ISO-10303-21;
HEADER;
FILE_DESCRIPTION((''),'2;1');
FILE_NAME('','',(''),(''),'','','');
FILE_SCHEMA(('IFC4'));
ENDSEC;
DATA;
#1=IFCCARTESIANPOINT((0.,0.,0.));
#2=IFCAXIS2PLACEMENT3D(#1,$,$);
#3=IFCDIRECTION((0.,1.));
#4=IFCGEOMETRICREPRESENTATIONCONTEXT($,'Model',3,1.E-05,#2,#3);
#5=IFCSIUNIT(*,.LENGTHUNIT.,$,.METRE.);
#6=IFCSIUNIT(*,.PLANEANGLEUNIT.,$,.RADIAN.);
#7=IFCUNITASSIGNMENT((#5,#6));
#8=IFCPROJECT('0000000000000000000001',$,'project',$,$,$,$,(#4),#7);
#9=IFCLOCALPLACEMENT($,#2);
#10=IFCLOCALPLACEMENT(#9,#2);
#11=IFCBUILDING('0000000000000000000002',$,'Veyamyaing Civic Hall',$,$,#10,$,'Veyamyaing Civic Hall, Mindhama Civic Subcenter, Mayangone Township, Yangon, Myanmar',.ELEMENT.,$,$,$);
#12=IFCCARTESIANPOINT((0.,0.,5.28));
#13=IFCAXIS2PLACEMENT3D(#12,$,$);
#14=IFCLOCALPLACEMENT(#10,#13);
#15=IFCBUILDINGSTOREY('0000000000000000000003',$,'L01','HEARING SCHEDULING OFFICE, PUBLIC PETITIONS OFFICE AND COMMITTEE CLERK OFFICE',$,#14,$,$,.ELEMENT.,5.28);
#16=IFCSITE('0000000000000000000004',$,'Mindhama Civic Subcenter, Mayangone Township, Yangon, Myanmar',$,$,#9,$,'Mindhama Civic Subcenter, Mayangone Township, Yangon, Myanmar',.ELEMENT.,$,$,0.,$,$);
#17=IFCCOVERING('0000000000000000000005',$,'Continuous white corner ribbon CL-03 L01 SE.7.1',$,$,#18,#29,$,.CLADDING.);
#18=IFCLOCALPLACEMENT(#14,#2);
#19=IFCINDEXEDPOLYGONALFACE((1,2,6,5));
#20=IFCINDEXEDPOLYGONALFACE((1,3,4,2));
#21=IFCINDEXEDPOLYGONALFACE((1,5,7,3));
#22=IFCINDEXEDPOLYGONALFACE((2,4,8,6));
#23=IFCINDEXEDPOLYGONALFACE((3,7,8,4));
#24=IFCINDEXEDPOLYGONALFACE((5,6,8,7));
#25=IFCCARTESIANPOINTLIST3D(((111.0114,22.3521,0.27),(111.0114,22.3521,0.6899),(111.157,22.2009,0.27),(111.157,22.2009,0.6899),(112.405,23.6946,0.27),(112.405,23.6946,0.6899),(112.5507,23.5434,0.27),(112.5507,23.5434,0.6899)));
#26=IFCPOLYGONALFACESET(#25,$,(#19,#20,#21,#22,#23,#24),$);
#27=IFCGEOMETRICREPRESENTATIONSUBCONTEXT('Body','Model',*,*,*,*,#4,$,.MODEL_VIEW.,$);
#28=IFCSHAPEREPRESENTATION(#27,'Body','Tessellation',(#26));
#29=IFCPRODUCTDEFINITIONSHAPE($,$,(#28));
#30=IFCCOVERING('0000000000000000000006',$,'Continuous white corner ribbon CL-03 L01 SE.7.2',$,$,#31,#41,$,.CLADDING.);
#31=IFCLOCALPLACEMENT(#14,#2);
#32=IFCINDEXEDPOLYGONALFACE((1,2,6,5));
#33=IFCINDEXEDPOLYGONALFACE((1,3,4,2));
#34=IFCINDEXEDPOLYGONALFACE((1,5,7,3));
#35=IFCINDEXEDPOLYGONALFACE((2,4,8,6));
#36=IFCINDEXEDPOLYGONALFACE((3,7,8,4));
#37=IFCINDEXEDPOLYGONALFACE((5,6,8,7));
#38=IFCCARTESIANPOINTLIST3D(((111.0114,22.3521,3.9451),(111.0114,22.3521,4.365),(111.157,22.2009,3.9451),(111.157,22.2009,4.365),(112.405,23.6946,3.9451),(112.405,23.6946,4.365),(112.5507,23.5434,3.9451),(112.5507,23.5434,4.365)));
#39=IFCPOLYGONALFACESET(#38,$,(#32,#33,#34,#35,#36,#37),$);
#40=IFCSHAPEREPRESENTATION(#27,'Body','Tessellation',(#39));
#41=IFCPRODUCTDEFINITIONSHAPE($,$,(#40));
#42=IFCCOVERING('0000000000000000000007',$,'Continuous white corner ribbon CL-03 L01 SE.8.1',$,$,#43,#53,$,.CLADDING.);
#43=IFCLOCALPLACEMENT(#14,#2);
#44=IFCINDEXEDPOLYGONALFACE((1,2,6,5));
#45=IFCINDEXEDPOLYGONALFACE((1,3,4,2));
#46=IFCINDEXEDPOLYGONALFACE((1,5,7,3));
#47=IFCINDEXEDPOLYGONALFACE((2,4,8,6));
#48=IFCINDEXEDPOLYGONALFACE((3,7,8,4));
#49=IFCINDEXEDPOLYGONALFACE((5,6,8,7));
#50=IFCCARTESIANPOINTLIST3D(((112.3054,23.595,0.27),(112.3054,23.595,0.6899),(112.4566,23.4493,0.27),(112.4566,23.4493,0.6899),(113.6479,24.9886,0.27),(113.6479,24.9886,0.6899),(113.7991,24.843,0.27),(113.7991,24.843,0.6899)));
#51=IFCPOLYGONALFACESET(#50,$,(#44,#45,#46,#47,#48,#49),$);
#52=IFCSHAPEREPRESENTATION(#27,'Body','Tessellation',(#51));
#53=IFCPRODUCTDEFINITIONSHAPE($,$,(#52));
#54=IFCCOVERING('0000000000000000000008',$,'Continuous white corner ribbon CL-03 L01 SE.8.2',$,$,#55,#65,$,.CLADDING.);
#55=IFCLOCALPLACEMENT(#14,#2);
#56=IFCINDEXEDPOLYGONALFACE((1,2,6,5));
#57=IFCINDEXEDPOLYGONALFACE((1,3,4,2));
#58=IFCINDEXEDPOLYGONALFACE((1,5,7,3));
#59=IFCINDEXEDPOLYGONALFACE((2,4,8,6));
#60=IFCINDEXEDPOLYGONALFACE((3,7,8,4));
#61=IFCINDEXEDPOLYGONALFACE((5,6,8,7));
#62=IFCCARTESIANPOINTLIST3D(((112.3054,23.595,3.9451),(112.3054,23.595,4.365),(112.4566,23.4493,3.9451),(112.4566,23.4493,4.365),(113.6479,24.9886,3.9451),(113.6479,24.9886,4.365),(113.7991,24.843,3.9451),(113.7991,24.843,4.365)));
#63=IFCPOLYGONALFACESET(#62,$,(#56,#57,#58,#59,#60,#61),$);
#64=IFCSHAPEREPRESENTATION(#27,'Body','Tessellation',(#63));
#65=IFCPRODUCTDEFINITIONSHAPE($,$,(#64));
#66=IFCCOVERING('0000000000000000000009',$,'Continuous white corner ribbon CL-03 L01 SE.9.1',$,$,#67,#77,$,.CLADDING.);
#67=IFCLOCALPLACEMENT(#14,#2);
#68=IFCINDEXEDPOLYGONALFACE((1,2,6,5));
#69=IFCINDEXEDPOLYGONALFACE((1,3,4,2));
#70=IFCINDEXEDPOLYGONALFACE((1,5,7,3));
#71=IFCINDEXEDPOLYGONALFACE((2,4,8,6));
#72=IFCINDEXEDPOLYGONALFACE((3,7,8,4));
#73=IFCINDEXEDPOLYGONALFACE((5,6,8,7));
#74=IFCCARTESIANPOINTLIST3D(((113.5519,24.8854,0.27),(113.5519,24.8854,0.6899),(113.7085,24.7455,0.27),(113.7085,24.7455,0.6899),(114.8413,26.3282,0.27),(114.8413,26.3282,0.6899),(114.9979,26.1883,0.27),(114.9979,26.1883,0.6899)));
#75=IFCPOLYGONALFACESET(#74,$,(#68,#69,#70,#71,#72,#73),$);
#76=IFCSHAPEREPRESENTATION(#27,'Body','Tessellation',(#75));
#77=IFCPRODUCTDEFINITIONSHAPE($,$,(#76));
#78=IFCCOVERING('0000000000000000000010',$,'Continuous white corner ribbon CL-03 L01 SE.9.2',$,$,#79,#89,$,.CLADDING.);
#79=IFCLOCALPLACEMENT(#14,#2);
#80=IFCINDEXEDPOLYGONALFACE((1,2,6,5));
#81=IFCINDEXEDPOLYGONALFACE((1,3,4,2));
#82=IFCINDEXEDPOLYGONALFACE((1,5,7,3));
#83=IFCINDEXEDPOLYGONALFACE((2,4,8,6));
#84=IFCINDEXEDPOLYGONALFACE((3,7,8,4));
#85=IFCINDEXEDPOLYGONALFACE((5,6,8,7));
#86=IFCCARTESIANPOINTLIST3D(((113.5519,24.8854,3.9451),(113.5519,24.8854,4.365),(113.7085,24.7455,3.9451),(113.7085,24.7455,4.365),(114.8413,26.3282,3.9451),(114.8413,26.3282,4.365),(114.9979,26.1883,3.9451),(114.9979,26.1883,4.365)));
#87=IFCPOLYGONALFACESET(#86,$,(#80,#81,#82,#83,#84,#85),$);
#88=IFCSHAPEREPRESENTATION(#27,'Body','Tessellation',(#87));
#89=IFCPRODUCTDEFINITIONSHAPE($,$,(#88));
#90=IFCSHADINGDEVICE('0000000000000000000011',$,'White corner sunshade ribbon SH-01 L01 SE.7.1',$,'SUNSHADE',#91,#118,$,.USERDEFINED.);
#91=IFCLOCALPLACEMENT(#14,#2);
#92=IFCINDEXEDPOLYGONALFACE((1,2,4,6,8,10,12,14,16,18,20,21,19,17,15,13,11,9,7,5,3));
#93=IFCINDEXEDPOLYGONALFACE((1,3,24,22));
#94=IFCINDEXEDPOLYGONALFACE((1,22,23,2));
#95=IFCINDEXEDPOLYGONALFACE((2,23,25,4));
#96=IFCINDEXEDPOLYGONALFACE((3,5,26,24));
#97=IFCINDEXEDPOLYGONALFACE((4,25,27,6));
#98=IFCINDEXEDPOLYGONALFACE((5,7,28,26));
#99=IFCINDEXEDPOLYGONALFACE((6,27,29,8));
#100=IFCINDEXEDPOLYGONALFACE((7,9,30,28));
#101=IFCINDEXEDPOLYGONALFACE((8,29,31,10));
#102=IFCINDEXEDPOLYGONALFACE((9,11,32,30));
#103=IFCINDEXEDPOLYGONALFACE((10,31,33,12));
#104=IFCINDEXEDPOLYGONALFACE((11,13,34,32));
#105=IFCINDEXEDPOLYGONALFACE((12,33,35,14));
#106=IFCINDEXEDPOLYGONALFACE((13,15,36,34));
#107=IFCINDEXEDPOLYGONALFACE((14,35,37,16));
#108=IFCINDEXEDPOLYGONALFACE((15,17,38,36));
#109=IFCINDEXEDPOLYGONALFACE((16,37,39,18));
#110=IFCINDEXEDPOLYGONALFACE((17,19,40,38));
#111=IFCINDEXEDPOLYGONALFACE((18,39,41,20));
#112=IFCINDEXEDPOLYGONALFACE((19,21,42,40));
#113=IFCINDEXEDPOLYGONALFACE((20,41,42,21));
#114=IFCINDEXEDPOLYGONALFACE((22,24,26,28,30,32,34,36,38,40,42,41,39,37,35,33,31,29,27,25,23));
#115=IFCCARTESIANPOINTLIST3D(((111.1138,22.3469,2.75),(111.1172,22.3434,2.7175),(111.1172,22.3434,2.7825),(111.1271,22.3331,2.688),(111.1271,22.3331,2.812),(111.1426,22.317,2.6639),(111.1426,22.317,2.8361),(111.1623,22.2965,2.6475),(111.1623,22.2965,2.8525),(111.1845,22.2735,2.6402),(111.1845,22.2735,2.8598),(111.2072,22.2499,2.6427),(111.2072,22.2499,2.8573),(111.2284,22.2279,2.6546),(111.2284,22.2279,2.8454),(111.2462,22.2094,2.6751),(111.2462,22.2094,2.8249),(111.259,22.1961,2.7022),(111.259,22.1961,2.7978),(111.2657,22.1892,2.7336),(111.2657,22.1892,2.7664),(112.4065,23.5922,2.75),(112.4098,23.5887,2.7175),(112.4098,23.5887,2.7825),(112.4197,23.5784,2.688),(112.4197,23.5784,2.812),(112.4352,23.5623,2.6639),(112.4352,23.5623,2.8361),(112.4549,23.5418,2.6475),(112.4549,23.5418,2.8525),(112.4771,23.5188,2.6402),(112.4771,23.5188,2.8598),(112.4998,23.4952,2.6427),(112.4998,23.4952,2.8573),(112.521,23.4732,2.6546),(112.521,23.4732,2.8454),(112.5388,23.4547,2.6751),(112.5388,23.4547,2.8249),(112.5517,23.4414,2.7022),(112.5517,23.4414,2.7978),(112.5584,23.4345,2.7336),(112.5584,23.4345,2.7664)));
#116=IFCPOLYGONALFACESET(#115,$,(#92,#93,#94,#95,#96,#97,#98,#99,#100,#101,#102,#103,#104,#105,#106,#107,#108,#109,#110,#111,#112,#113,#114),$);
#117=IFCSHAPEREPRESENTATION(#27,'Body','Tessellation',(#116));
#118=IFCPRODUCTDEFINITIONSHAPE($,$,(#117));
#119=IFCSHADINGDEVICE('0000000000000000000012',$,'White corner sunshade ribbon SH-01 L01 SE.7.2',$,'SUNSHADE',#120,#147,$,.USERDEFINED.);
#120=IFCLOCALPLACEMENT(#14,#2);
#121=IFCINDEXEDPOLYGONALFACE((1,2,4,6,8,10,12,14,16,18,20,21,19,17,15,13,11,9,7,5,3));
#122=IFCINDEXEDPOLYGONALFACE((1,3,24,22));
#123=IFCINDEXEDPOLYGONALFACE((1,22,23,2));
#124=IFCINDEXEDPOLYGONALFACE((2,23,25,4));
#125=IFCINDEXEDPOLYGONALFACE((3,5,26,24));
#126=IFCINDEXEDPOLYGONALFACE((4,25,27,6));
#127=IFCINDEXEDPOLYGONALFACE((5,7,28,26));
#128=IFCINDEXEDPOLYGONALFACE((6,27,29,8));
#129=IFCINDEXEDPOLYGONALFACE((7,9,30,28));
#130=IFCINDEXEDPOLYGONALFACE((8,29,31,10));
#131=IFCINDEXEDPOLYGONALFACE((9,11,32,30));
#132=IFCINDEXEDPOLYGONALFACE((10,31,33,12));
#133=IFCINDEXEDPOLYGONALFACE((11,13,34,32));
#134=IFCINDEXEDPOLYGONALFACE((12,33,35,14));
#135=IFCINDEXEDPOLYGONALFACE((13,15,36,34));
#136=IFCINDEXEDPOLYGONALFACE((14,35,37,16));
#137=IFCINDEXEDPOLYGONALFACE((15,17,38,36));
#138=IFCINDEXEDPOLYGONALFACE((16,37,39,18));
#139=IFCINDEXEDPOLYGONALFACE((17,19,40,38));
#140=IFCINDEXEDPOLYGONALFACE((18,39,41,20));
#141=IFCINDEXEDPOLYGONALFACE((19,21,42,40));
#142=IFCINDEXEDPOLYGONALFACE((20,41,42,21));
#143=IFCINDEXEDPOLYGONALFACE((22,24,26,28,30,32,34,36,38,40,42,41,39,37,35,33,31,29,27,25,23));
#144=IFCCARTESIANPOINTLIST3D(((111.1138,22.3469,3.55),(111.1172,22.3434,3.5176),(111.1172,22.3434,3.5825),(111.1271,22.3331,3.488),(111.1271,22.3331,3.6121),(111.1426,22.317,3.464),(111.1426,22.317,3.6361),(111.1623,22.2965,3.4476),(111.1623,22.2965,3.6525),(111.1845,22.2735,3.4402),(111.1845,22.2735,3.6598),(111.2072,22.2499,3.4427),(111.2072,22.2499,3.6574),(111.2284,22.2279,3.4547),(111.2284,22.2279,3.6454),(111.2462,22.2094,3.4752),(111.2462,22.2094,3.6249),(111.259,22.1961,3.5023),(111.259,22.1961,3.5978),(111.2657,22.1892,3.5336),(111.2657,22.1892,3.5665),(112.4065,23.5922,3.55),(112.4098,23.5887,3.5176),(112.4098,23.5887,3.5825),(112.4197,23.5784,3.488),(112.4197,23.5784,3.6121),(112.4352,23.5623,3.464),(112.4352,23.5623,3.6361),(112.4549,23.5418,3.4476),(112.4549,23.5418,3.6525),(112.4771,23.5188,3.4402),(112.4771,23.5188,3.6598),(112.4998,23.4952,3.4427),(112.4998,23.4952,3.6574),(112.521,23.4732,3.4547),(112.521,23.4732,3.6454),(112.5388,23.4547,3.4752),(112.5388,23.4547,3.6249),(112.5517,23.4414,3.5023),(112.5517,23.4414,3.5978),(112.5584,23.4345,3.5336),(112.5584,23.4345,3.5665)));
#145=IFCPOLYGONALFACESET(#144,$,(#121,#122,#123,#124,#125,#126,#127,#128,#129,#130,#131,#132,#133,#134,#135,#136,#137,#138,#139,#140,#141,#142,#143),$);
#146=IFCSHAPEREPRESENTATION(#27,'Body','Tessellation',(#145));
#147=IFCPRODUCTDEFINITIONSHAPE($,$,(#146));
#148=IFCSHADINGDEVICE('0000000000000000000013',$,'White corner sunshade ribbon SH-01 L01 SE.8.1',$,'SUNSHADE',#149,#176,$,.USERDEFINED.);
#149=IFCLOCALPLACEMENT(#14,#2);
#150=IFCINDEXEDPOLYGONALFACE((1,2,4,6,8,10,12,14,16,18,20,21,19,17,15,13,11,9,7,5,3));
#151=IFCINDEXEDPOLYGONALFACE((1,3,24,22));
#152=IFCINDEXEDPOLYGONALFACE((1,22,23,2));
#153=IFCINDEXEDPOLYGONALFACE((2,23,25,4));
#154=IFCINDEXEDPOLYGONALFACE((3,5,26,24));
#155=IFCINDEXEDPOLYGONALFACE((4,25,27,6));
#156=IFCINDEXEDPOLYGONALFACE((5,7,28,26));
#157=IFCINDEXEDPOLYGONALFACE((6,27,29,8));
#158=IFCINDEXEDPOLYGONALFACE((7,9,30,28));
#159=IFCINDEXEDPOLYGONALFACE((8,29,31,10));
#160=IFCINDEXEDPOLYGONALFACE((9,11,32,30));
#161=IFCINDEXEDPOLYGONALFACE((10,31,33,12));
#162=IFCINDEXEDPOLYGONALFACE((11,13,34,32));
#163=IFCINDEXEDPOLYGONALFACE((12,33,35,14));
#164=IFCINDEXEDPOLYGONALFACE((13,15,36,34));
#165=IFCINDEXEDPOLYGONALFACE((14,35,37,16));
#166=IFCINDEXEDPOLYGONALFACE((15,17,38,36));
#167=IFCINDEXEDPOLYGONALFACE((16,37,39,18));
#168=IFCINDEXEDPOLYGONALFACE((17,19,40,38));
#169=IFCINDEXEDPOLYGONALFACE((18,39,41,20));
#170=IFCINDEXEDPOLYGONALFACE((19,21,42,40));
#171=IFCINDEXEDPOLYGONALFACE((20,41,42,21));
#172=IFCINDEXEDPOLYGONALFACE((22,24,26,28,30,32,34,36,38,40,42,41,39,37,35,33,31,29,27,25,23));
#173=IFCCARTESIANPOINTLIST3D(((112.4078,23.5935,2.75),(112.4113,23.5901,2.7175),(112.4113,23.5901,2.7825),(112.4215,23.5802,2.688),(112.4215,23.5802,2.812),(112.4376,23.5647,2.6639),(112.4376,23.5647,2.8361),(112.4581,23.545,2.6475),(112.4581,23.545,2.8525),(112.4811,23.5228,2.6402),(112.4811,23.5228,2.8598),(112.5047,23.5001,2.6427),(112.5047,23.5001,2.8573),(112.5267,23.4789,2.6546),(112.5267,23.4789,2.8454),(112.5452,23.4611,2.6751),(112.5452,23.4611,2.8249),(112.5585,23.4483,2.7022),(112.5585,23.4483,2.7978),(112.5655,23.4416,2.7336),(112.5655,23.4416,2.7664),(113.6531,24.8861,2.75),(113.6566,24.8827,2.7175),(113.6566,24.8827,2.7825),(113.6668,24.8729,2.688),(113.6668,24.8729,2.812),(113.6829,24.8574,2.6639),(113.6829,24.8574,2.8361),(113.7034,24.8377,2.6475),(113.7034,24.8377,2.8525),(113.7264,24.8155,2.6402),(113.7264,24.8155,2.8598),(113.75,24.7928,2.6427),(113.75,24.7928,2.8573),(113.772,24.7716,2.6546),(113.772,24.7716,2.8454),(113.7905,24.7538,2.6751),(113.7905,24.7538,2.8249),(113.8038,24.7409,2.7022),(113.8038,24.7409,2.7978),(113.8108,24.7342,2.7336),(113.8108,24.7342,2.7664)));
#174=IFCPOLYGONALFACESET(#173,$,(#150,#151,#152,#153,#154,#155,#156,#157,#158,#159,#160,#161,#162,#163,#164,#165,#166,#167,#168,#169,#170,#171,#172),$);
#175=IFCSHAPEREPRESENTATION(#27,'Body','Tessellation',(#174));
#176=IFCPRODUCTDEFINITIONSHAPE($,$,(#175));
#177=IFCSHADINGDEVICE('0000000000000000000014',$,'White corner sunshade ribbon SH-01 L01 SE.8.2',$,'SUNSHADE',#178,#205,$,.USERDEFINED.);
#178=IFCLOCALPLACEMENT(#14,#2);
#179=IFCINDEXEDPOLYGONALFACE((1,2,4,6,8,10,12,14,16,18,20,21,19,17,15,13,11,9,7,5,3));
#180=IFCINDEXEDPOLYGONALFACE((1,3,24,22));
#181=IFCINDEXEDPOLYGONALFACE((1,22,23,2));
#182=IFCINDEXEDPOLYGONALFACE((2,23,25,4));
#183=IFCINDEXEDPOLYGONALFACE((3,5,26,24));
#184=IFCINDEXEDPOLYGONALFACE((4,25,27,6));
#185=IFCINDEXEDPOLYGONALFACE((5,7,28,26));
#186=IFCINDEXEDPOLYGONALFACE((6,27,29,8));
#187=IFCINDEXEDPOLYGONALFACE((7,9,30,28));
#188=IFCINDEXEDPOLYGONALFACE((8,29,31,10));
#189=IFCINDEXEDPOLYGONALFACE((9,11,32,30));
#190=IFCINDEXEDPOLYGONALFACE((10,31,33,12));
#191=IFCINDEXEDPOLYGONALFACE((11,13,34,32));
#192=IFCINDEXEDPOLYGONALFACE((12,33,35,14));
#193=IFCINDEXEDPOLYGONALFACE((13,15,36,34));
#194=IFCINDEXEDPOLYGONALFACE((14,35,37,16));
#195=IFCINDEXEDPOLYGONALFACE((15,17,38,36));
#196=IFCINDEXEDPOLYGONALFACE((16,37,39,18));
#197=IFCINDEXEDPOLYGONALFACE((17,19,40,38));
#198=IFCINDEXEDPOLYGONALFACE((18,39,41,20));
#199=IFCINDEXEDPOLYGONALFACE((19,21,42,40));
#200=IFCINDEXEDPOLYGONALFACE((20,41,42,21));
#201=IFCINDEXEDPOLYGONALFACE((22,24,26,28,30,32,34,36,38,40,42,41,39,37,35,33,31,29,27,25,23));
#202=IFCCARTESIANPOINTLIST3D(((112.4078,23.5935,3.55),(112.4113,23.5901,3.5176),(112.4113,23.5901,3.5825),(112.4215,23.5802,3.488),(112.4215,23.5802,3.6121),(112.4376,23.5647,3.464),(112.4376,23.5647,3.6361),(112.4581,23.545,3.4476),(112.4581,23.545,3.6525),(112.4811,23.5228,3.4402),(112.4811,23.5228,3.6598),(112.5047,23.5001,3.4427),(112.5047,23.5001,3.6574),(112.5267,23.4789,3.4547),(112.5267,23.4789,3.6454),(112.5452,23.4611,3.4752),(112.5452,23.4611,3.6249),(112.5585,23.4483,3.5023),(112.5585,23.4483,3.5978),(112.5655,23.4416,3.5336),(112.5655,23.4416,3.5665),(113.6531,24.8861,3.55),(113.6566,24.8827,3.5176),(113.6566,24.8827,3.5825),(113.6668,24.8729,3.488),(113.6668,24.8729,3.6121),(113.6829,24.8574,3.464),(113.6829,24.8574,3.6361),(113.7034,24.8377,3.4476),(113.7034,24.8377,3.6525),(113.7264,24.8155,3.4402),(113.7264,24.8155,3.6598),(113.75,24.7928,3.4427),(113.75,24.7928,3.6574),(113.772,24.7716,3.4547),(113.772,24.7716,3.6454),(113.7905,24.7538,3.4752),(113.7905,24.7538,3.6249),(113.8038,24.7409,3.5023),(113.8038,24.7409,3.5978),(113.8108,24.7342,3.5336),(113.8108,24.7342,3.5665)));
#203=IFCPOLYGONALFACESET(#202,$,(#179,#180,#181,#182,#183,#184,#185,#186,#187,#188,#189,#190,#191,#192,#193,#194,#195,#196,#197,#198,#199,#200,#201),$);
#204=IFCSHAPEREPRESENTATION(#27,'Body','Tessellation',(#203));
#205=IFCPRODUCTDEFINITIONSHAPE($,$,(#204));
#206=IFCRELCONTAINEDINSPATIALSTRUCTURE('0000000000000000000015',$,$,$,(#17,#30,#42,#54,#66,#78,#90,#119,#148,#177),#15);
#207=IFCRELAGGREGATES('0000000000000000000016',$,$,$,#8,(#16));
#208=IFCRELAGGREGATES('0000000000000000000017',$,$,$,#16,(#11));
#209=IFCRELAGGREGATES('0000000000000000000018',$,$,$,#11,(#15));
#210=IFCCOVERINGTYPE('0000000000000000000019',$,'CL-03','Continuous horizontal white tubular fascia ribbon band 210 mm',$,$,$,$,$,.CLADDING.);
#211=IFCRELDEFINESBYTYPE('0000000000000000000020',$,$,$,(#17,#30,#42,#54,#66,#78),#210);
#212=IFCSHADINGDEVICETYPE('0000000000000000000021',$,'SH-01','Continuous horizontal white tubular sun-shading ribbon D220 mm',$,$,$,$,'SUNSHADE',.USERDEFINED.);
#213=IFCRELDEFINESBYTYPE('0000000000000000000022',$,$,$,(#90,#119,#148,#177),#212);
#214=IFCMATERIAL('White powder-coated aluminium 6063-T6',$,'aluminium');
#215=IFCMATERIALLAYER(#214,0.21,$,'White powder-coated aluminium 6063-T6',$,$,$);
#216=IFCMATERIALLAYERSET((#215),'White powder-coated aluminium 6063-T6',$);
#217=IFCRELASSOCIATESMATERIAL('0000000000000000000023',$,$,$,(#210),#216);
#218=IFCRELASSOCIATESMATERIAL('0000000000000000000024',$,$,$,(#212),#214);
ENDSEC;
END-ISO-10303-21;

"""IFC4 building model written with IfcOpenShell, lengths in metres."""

from ifc_helpers import new_model, si_unit, direction, frame, origin, origin_2d, place, context, subcontext, project, spatial, rectangle, circle, extrude, material, layer, layer_set, material_profile, profile_set, type_object, element, save


model = new_model("IFC4")

# Units and contexts
model_context = context("Model", 3, precision=1e-05, world=origin(), true_north=direction((0.0, 1.0)))
body_context = subcontext(model_context, "Body", "Model", "MODEL_VIEW")
ifc_project = project(units=[si_unit("LENGTHUNIT", "METRE"), si_unit("PLANEANGLEUNIT", "RADIAN")], contexts=[model_context])

# Site, building, storey
site_placement = place(None, origin())
site = spatial("IfcSite", under=ifc_project, at=site_placement, Name="Mindhama Civic Subcenter, Mayangone Township, Yangon, Myanmar", LongName="Mindhama Civic Subcenter, Mayangone Township, Yangon, Myanmar", CompositionType="ELEMENT", RefElevation=0.0)
building_placement = place(site_placement, origin())
building = spatial("IfcBuilding", under=site, at=building_placement, Name="Veyamyaing Civic Hall", LongName="Veyamyaing Civic Hall, Mindhama Civic Subcenter, Mayangone Township, Yangon, Myanmar", CompositionType="ELEMENT")
storey_placement = place(building_placement, frame((0.0, 0.0, 5.28)))
storey = spatial("IfcBuildingStorey", under=building, at=storey_placement, Name="L01", Description="HEARING SCHEDULING OFFICE, PUBLIC PETITIONS OFFICE AND COMMITTEE CLERK OFFICE", CompositionType="ELEMENT", Elevation=5.28)

# Coverings
ifc_material_1 = material(Name="White powder-coated aluminium 6063-T6", Category="aluminium")
ifc_layer_1 = layer(ifc_material_1, 0.21, Name="White powder-coated aluminium 6063-T6")
ifc_layer_set_1 = layer_set([ifc_layer_1], Name="White powder-coated aluminium 6063-T6")
covering_type = type_object("IfcCoveringType", Name="CL-03", Description="Continuous horizontal white tubular fascia ribbon band 210 mm", PredefinedType="CLADDING", material=ifc_layer_set_1)
for number, where, z_axis, x_axis, name in (
    (1, (111.781, 22.9478, 0.27), (0.0, 0.0, 1.0), (0.720205, 0.693761, 0.0), "Continuous white corner ribbon CL-03 L01 SE.7.1"),
    (2, (111.781, 22.9478, 3.9451), (0.0, 0.0, 1.0), (0.720205, 0.693761, 0.0), "Continuous white corner ribbon CL-03 L01 SE.7.2"),
    (3, (113.0522, 24.219, 0.27), (0.0, 0.0, 1.0), (0.693761, 0.720205, 0.0), "Continuous white corner ribbon CL-03 L01 SE.8.1"),
    (4, (113.0522, 24.219, 3.9451), (0.0, 0.0, 1.0), (0.693761, 0.720205, 0.0), "Continuous white corner ribbon CL-03 L01 SE.8.2"),
    (5, (114.2749, 25.5369, 0.27), (0.0, 0.0, 1.0), (0.666347, 0.745642, 0.0), "Continuous white corner ribbon CL-03 L01 SE.9.1"),
    (6, (114.2749, 25.5369, 3.9451), (0.0, 0.0, 1.0), (0.666347, 0.745642, 0.0), "Continuous white corner ribbon CL-03 L01 SE.9.2"),
):
    element("IfcCovering", number, at=place(storey_placement, frame(where, z_axis=z_axis, x_axis=x_axis)), inside=storey, type_object=covering_type, Name=name, PredefinedType="CLADDING", context=body_context, shape_type="SweptSolid", body=[
        extrude(rectangle(XDim=1.9351, YDim=0.21, at=origin_2d()), origin(), (0.0, 0.0, 1.0), 0.4199),
    ])

# Shading devices
ifc_material_profile_1 = material_profile(ifc_material_1, circle(Radius=0.1101, at=origin_2d()), Name="SHADE-TUBE-220")
ifc_profile_set_1 = profile_set([ifc_material_profile_1], Name="White powder-coated aluminium 6063-T6")
shading_device_type = type_object("IfcShadingDeviceType", Name="SH-01", Description="Continuous horizontal white tubular sun-shading ribbon D220 mm", ElementType="SUNSHADE", PredefinedType="USERDEFINED", material=ifc_profile_set_1)
for number, where, z_axis, x_axis, name in (
    (7, (111.1902, 22.2676, 2.75), (0.720177, 0.693791, 0.0), (-0.693791, 0.720177, 0.0), "White corner sunshade ribbon SH-01 L01 SE.7.1"),
    (8, (111.1902, 22.2676, 3.55), (0.720177, 0.693791, 0.0), (-0.693791, 0.720177, 0.0), "White corner sunshade ribbon SH-01 L01 SE.7.2"),
    (9, (112.4871, 23.5171, 2.75), (0.693791, 0.720177, 0.0), (-0.720177, 0.693791, 0.0), "White corner sunshade ribbon SH-01 L01 SE.8.1"),
    (10, (112.4871, 23.5171, 3.55), (0.693791, 0.720177, 0.0), (-0.720177, 0.693791, 0.0), "White corner sunshade ribbon SH-01 L01 SE.8.2"),
):
    element("IfcShadingDevice", number, at=place(storey_placement, frame(where, z_axis=z_axis, x_axis=x_axis)), inside=storey, type_object=shading_device_type, Name=name, ObjectType="SUNSHADE", PredefinedType="USERDEFINED", context=body_context, shape_type="SweptSolid", body=[
        extrude(circle(Radius=0.1101, at=origin_2d()), origin(), (0.0, 0.0, 1.0), 1.7949),
    ])

save(model, "model.ifc")
